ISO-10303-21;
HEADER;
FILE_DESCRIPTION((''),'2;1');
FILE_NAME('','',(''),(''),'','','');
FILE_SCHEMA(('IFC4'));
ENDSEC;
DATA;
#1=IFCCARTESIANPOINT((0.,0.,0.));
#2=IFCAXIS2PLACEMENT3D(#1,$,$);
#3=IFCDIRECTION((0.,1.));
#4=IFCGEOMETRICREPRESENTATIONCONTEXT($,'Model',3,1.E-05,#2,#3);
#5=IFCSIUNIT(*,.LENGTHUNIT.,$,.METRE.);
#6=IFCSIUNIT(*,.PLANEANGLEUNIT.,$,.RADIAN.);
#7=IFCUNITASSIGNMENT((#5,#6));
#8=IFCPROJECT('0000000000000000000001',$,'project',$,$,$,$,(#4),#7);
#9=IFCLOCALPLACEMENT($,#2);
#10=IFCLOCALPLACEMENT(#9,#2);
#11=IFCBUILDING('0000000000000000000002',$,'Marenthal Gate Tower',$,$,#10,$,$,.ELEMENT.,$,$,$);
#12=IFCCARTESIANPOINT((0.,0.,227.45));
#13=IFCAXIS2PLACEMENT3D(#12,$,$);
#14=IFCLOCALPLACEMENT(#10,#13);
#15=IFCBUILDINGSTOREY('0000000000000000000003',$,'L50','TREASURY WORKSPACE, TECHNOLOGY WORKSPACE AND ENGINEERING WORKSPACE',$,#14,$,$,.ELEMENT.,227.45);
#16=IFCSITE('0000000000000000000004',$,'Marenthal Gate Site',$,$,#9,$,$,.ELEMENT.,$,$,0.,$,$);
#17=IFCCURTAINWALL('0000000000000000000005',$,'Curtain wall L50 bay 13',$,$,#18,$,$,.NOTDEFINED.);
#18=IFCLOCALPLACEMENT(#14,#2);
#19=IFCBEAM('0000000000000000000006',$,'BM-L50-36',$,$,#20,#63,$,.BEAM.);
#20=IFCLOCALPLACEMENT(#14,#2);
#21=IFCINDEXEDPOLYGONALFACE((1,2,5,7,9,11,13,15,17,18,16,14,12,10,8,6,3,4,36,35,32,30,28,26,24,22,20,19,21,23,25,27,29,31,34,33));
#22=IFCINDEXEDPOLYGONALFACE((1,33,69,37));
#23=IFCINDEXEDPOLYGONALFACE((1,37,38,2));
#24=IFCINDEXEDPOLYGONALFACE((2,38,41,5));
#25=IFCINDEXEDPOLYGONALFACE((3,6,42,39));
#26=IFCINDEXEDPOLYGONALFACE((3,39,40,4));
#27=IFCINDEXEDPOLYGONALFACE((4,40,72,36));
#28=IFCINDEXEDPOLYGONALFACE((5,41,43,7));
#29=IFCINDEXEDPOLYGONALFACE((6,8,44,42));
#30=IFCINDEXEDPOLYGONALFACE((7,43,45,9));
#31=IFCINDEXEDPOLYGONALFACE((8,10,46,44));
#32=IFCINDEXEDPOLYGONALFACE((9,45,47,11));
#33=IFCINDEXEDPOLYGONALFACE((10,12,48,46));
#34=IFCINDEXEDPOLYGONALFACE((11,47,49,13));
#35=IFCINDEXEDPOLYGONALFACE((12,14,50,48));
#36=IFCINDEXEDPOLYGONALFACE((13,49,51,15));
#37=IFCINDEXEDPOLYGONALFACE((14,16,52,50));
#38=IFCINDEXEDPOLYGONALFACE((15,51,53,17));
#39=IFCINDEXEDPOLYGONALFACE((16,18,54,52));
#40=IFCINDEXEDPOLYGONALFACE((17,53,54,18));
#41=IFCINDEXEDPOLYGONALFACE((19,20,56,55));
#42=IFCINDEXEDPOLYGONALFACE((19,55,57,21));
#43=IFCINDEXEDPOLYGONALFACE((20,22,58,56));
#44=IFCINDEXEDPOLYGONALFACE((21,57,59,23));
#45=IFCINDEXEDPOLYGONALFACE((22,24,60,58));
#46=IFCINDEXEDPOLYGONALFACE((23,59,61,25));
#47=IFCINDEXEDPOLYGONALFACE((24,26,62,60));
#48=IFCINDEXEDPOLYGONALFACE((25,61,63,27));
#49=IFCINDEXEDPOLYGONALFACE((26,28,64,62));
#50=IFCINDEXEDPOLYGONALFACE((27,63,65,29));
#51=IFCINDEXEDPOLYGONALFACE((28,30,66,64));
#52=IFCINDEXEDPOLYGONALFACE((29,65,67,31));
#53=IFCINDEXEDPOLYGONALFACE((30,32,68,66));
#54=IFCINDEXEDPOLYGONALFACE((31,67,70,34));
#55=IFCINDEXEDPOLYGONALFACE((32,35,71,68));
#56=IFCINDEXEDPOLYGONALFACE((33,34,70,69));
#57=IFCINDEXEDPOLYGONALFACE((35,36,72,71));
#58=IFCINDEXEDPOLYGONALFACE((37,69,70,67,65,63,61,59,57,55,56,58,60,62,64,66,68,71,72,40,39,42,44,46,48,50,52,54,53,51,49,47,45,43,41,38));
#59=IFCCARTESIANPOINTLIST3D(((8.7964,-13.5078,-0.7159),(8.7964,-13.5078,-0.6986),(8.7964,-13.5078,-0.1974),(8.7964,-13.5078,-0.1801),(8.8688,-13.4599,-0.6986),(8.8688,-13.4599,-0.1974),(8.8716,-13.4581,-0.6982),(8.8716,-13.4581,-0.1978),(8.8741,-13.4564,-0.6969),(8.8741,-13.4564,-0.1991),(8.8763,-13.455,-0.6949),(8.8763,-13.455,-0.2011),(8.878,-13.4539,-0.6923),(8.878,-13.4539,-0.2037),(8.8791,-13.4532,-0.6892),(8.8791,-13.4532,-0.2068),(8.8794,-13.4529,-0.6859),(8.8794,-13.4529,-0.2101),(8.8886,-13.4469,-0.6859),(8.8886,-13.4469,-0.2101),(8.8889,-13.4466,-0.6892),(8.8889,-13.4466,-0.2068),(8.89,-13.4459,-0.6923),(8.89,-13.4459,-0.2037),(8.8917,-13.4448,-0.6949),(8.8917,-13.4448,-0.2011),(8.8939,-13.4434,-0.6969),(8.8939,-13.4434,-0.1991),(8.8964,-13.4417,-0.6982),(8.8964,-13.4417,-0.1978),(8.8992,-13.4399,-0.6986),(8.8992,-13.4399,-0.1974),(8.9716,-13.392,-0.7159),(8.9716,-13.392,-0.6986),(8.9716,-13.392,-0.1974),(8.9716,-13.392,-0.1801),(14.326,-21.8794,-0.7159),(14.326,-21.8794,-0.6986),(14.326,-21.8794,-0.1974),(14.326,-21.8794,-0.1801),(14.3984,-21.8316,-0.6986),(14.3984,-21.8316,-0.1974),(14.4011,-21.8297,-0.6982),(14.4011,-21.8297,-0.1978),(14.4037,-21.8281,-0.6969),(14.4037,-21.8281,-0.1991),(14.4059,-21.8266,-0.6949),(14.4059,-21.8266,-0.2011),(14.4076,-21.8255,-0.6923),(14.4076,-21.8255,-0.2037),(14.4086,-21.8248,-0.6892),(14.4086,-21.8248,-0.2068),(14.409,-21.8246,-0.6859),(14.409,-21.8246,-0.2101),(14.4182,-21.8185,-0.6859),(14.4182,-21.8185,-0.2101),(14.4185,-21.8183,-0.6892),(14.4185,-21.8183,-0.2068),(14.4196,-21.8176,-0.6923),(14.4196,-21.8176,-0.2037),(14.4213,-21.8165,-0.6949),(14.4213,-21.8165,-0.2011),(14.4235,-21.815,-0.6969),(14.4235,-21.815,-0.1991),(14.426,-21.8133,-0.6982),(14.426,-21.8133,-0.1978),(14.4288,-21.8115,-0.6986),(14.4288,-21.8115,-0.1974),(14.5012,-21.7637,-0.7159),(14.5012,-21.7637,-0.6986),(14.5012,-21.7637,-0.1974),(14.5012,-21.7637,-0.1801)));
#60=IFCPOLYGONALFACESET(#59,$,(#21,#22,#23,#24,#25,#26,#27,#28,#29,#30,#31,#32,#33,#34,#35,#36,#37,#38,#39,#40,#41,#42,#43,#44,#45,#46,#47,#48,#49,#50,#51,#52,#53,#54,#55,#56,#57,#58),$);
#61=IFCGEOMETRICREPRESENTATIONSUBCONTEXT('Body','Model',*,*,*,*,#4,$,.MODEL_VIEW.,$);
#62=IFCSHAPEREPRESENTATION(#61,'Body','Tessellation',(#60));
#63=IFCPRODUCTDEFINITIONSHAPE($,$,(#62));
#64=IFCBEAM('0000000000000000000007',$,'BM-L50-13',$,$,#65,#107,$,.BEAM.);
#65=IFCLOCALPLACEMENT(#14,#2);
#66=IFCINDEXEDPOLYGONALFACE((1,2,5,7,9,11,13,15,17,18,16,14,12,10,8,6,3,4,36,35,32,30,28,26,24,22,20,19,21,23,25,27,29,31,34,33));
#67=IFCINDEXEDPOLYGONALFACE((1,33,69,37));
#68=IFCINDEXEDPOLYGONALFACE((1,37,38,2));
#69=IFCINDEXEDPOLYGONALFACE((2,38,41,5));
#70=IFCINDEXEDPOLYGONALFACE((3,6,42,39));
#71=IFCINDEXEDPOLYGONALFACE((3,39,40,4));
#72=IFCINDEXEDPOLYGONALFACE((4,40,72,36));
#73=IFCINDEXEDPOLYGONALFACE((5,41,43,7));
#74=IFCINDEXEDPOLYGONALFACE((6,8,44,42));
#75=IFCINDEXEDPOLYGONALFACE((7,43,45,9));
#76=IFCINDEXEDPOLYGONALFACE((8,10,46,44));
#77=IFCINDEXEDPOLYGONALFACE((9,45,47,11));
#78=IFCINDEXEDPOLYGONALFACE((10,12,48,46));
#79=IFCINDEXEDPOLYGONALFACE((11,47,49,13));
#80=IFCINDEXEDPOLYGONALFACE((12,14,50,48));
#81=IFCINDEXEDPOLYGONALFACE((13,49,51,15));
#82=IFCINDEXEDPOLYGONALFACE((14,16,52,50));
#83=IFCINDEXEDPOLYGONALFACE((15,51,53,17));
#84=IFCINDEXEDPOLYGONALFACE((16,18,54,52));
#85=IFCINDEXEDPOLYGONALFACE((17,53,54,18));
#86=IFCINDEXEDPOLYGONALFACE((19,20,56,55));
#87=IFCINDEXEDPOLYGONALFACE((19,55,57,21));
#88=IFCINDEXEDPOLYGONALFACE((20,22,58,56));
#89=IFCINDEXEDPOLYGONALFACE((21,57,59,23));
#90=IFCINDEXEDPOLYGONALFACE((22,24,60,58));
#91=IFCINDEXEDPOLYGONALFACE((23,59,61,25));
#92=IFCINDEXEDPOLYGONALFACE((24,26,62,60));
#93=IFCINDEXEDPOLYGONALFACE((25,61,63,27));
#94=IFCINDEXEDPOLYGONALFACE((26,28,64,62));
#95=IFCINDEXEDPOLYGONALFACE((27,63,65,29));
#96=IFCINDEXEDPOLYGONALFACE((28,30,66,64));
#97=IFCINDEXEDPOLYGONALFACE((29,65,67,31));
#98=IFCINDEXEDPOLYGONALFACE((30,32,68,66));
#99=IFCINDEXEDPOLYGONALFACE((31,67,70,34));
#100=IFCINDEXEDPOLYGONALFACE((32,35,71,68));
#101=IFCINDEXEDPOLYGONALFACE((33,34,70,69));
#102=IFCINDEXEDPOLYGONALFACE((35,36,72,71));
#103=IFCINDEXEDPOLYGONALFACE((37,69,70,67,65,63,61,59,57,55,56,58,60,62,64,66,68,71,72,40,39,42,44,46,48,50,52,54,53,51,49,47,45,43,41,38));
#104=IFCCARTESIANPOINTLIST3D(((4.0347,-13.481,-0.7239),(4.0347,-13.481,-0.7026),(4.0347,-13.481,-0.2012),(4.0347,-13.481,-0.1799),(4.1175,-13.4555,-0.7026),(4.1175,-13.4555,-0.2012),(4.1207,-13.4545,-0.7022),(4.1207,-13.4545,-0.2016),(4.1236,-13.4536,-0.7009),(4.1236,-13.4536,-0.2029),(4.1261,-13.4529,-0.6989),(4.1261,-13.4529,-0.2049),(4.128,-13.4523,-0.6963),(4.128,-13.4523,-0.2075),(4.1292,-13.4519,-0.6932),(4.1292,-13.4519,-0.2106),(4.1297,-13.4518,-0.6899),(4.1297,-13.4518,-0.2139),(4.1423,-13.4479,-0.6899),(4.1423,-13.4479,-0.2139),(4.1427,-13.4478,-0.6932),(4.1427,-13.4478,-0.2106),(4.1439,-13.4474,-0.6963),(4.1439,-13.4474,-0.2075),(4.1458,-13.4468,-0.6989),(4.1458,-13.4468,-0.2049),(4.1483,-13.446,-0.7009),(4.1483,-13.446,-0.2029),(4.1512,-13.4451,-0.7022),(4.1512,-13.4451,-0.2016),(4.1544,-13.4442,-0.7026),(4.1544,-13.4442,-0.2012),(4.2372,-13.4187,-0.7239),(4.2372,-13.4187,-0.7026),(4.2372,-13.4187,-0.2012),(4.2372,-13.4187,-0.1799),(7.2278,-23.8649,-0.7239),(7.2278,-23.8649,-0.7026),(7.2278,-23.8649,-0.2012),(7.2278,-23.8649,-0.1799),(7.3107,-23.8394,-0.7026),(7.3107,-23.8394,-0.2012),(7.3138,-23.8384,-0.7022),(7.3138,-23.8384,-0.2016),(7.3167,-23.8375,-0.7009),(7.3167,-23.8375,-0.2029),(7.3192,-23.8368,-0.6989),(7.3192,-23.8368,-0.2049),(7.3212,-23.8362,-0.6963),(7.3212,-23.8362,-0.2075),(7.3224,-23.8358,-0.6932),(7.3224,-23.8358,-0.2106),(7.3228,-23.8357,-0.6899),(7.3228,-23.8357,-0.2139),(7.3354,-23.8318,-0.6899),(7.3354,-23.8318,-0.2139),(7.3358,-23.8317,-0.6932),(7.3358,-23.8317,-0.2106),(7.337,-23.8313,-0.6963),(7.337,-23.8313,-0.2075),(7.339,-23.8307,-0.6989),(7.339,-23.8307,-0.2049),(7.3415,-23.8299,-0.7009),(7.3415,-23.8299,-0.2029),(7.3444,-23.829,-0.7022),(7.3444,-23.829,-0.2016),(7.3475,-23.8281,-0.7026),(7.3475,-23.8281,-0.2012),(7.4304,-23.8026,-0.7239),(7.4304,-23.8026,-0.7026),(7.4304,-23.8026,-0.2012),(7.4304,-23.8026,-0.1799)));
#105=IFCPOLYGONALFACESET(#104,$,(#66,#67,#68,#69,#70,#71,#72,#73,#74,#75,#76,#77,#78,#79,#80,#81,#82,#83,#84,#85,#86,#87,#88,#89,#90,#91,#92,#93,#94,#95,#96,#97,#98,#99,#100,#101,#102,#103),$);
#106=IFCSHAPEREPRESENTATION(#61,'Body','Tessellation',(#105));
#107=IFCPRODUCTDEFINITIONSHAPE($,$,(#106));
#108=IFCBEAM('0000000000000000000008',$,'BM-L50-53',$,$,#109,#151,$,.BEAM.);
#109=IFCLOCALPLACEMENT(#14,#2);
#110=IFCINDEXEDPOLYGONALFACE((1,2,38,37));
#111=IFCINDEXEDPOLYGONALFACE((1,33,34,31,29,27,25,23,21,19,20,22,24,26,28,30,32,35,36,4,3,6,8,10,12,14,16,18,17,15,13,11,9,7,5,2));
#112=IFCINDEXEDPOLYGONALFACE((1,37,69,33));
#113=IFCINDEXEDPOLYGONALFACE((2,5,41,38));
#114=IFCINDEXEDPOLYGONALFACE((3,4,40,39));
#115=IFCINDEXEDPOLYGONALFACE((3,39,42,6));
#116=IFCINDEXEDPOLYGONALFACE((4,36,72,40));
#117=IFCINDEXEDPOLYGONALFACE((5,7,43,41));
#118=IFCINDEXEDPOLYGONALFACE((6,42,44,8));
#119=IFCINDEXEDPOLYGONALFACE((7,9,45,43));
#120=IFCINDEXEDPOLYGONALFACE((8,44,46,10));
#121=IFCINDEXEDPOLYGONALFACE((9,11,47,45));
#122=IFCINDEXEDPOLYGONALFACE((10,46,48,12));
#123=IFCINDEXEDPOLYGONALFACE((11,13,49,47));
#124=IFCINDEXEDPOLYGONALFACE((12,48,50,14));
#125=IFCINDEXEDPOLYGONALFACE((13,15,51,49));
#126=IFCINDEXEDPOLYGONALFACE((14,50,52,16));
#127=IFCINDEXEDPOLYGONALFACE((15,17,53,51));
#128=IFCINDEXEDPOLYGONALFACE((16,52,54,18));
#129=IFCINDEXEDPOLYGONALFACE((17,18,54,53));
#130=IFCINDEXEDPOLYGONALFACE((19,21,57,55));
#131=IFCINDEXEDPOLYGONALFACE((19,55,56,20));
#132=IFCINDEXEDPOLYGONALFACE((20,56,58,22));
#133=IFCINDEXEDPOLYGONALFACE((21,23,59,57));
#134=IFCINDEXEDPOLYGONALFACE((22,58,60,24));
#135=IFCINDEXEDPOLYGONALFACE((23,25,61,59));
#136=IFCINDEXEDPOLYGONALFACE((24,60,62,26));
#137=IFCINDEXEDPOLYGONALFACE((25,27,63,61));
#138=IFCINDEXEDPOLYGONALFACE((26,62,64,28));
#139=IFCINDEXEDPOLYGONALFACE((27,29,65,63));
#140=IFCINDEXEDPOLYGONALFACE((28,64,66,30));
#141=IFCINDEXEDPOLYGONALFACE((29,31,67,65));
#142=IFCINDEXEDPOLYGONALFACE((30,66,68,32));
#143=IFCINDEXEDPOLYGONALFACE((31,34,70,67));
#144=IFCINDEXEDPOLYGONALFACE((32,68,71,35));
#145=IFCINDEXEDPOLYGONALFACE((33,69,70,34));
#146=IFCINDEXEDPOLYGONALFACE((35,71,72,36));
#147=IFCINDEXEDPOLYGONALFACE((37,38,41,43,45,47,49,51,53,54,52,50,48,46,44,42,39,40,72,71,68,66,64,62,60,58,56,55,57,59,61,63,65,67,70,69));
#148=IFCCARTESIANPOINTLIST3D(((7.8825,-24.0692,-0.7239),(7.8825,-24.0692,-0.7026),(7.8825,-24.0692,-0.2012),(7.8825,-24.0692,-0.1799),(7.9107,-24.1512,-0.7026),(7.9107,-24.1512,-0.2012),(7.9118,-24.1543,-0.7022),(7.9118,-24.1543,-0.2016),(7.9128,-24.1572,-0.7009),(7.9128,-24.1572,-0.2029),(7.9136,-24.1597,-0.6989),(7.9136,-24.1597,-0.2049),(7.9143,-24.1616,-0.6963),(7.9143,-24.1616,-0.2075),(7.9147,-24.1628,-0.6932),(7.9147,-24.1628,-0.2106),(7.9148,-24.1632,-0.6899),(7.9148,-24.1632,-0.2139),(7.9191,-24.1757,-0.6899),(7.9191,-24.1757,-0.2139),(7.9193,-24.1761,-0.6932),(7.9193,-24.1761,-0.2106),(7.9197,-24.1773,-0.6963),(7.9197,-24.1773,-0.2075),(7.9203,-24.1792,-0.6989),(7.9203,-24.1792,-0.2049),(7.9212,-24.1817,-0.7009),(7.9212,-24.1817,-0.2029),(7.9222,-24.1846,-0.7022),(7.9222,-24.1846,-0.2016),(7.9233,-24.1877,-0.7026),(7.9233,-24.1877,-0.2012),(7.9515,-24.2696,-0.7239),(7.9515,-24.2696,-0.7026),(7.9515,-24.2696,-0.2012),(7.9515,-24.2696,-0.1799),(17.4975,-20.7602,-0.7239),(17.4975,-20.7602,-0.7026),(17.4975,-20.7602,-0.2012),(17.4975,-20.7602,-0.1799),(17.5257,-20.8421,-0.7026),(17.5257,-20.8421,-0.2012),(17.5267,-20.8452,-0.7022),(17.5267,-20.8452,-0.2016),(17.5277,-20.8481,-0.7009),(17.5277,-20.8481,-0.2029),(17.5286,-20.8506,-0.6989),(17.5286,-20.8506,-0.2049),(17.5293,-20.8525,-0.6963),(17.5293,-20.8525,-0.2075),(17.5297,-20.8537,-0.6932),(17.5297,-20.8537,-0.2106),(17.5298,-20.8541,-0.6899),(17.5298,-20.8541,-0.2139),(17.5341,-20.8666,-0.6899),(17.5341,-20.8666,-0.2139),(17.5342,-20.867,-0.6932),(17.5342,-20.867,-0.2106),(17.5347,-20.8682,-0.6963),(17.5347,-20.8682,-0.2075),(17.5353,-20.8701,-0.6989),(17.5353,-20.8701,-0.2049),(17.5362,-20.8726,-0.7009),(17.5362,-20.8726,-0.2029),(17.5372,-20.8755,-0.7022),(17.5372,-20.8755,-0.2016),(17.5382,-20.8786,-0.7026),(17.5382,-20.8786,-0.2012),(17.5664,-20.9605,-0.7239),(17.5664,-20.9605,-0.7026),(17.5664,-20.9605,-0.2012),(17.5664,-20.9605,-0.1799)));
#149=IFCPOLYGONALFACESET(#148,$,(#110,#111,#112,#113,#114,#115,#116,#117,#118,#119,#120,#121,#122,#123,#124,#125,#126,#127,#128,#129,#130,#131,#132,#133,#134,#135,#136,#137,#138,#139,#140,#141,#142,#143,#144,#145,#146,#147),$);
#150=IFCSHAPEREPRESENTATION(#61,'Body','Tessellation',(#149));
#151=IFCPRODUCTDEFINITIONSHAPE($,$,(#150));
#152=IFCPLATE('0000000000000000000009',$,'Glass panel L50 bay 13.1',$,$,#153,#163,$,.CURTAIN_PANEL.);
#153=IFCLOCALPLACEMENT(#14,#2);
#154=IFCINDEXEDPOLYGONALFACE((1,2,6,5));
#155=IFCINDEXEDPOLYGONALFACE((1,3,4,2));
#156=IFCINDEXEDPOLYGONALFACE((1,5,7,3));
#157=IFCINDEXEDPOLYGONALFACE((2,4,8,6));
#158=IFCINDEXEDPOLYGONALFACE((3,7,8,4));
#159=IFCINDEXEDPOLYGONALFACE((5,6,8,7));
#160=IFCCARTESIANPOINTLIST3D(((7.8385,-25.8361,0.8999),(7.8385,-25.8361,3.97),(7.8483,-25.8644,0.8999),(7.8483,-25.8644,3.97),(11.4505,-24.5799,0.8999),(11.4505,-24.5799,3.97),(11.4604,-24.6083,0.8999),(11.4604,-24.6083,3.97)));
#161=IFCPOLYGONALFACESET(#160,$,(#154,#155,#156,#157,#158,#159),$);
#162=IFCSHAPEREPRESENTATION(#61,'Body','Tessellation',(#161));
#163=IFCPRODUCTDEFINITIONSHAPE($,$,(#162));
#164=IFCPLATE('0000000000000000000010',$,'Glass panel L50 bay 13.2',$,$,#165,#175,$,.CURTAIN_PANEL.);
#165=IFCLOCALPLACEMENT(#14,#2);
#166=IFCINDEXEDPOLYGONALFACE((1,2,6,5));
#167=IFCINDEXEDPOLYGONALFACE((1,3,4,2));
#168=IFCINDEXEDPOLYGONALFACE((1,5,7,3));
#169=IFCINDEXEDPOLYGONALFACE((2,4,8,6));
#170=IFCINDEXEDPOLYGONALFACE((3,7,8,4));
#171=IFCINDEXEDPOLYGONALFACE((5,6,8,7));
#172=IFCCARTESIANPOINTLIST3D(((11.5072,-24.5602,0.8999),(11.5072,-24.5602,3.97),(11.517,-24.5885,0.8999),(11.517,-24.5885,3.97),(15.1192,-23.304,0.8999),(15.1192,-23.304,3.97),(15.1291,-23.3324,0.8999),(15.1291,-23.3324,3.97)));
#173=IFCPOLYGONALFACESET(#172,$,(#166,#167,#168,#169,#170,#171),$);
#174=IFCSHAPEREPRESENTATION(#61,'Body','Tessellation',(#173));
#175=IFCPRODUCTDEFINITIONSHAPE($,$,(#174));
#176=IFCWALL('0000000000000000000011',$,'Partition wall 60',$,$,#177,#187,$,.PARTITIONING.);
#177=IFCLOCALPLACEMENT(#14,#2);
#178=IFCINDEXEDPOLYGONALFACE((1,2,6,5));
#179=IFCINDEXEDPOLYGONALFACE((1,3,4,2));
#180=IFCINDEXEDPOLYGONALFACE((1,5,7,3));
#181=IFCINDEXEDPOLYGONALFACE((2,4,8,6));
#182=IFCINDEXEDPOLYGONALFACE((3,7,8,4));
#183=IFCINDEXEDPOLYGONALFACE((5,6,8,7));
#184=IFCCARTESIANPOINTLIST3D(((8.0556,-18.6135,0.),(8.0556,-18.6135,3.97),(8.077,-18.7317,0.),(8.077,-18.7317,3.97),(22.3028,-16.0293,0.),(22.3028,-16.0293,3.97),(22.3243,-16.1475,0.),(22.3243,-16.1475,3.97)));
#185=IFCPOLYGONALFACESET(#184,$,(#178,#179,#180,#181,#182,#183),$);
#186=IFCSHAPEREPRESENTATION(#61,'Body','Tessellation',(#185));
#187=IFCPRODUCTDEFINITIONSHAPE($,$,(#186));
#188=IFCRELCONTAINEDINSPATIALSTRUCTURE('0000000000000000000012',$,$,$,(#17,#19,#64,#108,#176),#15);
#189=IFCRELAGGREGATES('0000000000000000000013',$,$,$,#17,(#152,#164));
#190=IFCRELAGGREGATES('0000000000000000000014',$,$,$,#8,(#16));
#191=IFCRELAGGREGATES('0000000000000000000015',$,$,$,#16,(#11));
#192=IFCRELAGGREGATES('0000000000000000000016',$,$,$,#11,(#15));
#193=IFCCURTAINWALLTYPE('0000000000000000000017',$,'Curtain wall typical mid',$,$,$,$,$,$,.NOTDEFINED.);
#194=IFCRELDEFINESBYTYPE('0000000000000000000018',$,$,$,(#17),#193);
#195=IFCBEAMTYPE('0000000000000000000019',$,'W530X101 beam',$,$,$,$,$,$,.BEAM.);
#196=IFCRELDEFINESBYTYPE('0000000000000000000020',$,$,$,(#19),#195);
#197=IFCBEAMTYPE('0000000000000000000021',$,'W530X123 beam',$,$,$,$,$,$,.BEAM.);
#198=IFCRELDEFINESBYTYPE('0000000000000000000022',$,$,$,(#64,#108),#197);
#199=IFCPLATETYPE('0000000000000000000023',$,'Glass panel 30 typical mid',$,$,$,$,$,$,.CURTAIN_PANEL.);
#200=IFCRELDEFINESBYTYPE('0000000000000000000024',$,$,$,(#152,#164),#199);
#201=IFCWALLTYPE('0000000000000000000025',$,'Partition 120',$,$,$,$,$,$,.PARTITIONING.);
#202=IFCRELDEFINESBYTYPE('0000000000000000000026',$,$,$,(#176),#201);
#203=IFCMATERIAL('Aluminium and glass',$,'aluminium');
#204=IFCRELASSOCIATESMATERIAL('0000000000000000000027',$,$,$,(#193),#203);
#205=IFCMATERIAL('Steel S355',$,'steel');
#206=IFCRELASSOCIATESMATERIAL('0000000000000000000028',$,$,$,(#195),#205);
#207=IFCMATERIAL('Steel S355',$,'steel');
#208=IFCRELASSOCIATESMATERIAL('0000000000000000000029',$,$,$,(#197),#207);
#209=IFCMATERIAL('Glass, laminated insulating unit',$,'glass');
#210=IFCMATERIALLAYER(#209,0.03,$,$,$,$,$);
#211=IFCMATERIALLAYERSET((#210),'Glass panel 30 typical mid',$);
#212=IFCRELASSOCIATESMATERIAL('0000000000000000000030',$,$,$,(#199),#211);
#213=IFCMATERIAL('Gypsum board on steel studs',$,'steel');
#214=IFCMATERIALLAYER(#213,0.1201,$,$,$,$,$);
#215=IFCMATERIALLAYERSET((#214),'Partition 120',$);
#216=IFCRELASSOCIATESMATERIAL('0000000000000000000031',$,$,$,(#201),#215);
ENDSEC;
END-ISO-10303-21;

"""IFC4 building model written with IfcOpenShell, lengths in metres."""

from ifc_helpers import new_model, si_unit, direction, frame, frame_2d, origin, origin_2d, place, context, subcontext, project, spatial, rectangle, i_section, extrude, material, layer, layer_set, material_profile, profile_set, type_object, element, aggregate, save


model = new_model("IFC4")

# Units and contexts
model_context = context("Model", 3, precision=1e-05, world=origin(), true_north=direction((0.0, 1.0)))
body_context = subcontext(model_context, "Body", "Model", "MODEL_VIEW")
ifc_project = project(units=[si_unit("LENGTHUNIT", "METRE"), si_unit("PLANEANGLEUNIT", "RADIAN")], contexts=[model_context])

# Site, building, storey
site_placement = place(None, origin())
site = spatial("IfcSite", under=ifc_project, at=site_placement, Name="Marenthal Gate Site", CompositionType="ELEMENT", RefElevation=0.0)
building_placement = place(site_placement, origin())
building = spatial("IfcBuilding", under=site, at=building_placement, Name="Marenthal Gate Tower", CompositionType="ELEMENT")
storey_placement = place(building_placement, frame((0.0, 0.0, 227.45)))
storey = spatial("IfcBuildingStorey", under=building, at=storey_placement, Name="L50", Description="TREASURY WORKSPACE, TECHNOLOGY WORKSPACE AND ENGINEERING WORKSPACE", CompositionType="ELEMENT", Elevation=227.45)

# Curtain wall
ifc_material_1 = material(Name="Aluminium and glass", Category="aluminium")
curtain_wall_type = type_object("IfcCurtainWallType", Name="Curtain wall typical mid", PredefinedType="NOTDEFINED", material=ifc_material_1)
curtain_wall_placement = place(storey_placement, origin())
curtain_wall = element("IfcCurtainWall", 1, at=curtain_wall_placement, inside=storey, type_object=curtain_wall_type, Name="Curtain wall L50 bay 13", PredefinedType="NOTDEFINED")

# Beams
ifc_material_2 = material(Name="Steel S355", Category="steel")
ifc_material_profile_1 = material_profile(ifc_material_2, i_section(OverallWidth=0.21, OverallDepth=0.5359, WebThickness=0.011, FlangeThickness=0.0173, FilletRadius=0.0127, at=origin_2d()), Name="W530X101")
ifc_profile_set_1 = profile_set([ifc_material_profile_1], Name="Steel S355")
beam_type_1 = type_object("IfcBeamType", Name="W530X101 beam", PredefinedType="BEAM", material=ifc_profile_set_1)
beam_1_placement = place(storey_placement, frame((14.4136, -21.8215, -0.448), z_axis=(-0.551141, 0.834412, 0.0), x_axis=(-0.834412, -0.551141, 0.0)))
element("IfcBeam", 2, at=beam_1_placement, inside=storey, type_object=beam_type_1, Name="BM-L50-36", PredefinedType="BEAM", context=body_context, shape_type="SweptSolid", body=[
    extrude(i_section(OverallWidth=0.21, OverallDepth=0.5359, WebThickness=0.011, FlangeThickness=0.0173, FilletRadius=0.0127, at=origin_2d()), origin(), (0.0, 0.0, 1.0), 10.033),
])
ifc_material_3 = material(Name="Steel S355", Category="steel")
ifc_material_profile_2 = material_profile(ifc_material_3, i_section(OverallWidth=0.2119, OverallDepth=0.5439, WebThickness=0.0132, FlangeThickness=0.0212, FilletRadius=0.0127, at=origin_2d()), Name="W530X123")
ifc_profile_set_2 = profile_set([ifc_material_profile_2], Name="Steel S355")
beam_type_2 = type_object("IfcBeamType", Name="W530X123 beam", PredefinedType="BEAM", material=ifc_profile_set_2)
beam_2_placement = place(storey_placement, frame((7.3291, -23.8337, -0.4519), z_axis=(-0.293926, 0.955828, 0.0), x_axis=(-0.955828, -0.293926, 0.0)))
element("IfcBeam", 3, at=beam_2_placement, inside=storey, type_object=beam_type_2, Name="BM-L50-13", PredefinedType="BEAM", context=body_context, shape_type="SweptSolid", body=[
    extrude(i_section(OverallWidth=0.2119, OverallDepth=0.5439, WebThickness=0.0132, FlangeThickness=0.0212, FilletRadius=0.0127, at=origin_2d()), origin(), (0.0, 0.0, 1.0), 10.8638),
])
beam_3_placement = place(storey_placement, frame((7.917, -24.1694, -0.4519), z_axis=(0.945568, 0.325425, 0.0), x_axis=(-0.325425, 0.945568, 0.0)))
element("IfcBeam", 4, at=beam_3_placement, inside=storey, type_object=beam_type_2, Name="BM-L50-53", PredefinedType="BEAM", context=body_context, shape_type="SweptSolid", body=[
    extrude(i_section(OverallWidth=0.2119, OverallDepth=0.5439, WebThickness=0.0132, FlangeThickness=0.0212, FilletRadius=0.0127, at=origin_2d()), origin(), (0.0, 0.0, 1.0), 10.1685),
])

# Plates
ifc_material_4 = material(Name="Glass, laminated insulating unit", Category="glass")
ifc_layer_1 = layer(ifc_material_4, 0.03)
ifc_layer_set_1 = layer_set([ifc_layer_1], Name="Glass panel 30 typical mid")
plate_type = type_object("IfcPlateType", Name="Glass panel 30 typical mid", PredefinedType="CURTAIN_PANEL", material=ifc_layer_set_1)
plate_1_placement = place(storey_placement, frame((9.6494, -25.2222, 0.8999), z_axis=(0.0, 0.0, 1.0), x_axis=(0.944515, 0.328468, 0.0)))
plate_1 = element("IfcPlate", 5, at=plate_1_placement, type_object=plate_type, Name="Glass panel L50 bay 13.1", PredefinedType="CURTAIN_PANEL", context=body_context, shape_type="SweptSolid", body=[
    extrude(rectangle(XDim=3.8242, YDim=0.03, at=origin_2d()), origin(), (0.0, 0.0, 1.0), 3.0701),
])
plate_2_placement = place(storey_placement, frame((13.3181, -23.9463, 0.8999), z_axis=(0.0, 0.0, 1.0), x_axis=(0.944515, 0.328468, 0.0)))
plate_2 = element("IfcPlate", 6, at=plate_2_placement, type_object=plate_type, Name="Glass panel L50 bay 13.2", PredefinedType="CURTAIN_PANEL", context=body_context, shape_type="SweptSolid", body=[
    extrude(rectangle(XDim=3.8242, YDim=0.03, at=origin_2d()), origin(), (0.0, 0.0, 1.0), 3.0701),
])
aggregate(curtain_wall, [plate_1, plate_2])

# Wall
ifc_material_5 = material(Name="Gypsum board on steel studs", Category="steel")
ifc_layer_2 = layer(ifc_material_5, 0.1201)
ifc_layer_set_2 = layer_set([ifc_layer_2], Name="Partition 120")
wall_type = type_object("IfcWallType", Name="Partition 120", PredefinedType="PARTITIONING", material=ifc_layer_set_2)
wall_placement = place(storey_placement, frame((8.0664, -18.6726, 0.0), z_axis=(0.0, 0.0, 1.0), x_axis=(0.983945, 0.178471, 0.0)))
element("IfcWall", 7, at=wall_placement, inside=storey, type_object=wall_type, Name="Partition wall 60", PredefinedType="PARTITIONING", context=body_context, shape_type="SweptSolid", body=[
    extrude(rectangle(XDim=14.4797, YDim=0.1201, at=frame_2d((7.2397, 0.0))), origin(), (0.0, 0.0, 1.0), 3.97),
])

save(model, "model.ifc")
